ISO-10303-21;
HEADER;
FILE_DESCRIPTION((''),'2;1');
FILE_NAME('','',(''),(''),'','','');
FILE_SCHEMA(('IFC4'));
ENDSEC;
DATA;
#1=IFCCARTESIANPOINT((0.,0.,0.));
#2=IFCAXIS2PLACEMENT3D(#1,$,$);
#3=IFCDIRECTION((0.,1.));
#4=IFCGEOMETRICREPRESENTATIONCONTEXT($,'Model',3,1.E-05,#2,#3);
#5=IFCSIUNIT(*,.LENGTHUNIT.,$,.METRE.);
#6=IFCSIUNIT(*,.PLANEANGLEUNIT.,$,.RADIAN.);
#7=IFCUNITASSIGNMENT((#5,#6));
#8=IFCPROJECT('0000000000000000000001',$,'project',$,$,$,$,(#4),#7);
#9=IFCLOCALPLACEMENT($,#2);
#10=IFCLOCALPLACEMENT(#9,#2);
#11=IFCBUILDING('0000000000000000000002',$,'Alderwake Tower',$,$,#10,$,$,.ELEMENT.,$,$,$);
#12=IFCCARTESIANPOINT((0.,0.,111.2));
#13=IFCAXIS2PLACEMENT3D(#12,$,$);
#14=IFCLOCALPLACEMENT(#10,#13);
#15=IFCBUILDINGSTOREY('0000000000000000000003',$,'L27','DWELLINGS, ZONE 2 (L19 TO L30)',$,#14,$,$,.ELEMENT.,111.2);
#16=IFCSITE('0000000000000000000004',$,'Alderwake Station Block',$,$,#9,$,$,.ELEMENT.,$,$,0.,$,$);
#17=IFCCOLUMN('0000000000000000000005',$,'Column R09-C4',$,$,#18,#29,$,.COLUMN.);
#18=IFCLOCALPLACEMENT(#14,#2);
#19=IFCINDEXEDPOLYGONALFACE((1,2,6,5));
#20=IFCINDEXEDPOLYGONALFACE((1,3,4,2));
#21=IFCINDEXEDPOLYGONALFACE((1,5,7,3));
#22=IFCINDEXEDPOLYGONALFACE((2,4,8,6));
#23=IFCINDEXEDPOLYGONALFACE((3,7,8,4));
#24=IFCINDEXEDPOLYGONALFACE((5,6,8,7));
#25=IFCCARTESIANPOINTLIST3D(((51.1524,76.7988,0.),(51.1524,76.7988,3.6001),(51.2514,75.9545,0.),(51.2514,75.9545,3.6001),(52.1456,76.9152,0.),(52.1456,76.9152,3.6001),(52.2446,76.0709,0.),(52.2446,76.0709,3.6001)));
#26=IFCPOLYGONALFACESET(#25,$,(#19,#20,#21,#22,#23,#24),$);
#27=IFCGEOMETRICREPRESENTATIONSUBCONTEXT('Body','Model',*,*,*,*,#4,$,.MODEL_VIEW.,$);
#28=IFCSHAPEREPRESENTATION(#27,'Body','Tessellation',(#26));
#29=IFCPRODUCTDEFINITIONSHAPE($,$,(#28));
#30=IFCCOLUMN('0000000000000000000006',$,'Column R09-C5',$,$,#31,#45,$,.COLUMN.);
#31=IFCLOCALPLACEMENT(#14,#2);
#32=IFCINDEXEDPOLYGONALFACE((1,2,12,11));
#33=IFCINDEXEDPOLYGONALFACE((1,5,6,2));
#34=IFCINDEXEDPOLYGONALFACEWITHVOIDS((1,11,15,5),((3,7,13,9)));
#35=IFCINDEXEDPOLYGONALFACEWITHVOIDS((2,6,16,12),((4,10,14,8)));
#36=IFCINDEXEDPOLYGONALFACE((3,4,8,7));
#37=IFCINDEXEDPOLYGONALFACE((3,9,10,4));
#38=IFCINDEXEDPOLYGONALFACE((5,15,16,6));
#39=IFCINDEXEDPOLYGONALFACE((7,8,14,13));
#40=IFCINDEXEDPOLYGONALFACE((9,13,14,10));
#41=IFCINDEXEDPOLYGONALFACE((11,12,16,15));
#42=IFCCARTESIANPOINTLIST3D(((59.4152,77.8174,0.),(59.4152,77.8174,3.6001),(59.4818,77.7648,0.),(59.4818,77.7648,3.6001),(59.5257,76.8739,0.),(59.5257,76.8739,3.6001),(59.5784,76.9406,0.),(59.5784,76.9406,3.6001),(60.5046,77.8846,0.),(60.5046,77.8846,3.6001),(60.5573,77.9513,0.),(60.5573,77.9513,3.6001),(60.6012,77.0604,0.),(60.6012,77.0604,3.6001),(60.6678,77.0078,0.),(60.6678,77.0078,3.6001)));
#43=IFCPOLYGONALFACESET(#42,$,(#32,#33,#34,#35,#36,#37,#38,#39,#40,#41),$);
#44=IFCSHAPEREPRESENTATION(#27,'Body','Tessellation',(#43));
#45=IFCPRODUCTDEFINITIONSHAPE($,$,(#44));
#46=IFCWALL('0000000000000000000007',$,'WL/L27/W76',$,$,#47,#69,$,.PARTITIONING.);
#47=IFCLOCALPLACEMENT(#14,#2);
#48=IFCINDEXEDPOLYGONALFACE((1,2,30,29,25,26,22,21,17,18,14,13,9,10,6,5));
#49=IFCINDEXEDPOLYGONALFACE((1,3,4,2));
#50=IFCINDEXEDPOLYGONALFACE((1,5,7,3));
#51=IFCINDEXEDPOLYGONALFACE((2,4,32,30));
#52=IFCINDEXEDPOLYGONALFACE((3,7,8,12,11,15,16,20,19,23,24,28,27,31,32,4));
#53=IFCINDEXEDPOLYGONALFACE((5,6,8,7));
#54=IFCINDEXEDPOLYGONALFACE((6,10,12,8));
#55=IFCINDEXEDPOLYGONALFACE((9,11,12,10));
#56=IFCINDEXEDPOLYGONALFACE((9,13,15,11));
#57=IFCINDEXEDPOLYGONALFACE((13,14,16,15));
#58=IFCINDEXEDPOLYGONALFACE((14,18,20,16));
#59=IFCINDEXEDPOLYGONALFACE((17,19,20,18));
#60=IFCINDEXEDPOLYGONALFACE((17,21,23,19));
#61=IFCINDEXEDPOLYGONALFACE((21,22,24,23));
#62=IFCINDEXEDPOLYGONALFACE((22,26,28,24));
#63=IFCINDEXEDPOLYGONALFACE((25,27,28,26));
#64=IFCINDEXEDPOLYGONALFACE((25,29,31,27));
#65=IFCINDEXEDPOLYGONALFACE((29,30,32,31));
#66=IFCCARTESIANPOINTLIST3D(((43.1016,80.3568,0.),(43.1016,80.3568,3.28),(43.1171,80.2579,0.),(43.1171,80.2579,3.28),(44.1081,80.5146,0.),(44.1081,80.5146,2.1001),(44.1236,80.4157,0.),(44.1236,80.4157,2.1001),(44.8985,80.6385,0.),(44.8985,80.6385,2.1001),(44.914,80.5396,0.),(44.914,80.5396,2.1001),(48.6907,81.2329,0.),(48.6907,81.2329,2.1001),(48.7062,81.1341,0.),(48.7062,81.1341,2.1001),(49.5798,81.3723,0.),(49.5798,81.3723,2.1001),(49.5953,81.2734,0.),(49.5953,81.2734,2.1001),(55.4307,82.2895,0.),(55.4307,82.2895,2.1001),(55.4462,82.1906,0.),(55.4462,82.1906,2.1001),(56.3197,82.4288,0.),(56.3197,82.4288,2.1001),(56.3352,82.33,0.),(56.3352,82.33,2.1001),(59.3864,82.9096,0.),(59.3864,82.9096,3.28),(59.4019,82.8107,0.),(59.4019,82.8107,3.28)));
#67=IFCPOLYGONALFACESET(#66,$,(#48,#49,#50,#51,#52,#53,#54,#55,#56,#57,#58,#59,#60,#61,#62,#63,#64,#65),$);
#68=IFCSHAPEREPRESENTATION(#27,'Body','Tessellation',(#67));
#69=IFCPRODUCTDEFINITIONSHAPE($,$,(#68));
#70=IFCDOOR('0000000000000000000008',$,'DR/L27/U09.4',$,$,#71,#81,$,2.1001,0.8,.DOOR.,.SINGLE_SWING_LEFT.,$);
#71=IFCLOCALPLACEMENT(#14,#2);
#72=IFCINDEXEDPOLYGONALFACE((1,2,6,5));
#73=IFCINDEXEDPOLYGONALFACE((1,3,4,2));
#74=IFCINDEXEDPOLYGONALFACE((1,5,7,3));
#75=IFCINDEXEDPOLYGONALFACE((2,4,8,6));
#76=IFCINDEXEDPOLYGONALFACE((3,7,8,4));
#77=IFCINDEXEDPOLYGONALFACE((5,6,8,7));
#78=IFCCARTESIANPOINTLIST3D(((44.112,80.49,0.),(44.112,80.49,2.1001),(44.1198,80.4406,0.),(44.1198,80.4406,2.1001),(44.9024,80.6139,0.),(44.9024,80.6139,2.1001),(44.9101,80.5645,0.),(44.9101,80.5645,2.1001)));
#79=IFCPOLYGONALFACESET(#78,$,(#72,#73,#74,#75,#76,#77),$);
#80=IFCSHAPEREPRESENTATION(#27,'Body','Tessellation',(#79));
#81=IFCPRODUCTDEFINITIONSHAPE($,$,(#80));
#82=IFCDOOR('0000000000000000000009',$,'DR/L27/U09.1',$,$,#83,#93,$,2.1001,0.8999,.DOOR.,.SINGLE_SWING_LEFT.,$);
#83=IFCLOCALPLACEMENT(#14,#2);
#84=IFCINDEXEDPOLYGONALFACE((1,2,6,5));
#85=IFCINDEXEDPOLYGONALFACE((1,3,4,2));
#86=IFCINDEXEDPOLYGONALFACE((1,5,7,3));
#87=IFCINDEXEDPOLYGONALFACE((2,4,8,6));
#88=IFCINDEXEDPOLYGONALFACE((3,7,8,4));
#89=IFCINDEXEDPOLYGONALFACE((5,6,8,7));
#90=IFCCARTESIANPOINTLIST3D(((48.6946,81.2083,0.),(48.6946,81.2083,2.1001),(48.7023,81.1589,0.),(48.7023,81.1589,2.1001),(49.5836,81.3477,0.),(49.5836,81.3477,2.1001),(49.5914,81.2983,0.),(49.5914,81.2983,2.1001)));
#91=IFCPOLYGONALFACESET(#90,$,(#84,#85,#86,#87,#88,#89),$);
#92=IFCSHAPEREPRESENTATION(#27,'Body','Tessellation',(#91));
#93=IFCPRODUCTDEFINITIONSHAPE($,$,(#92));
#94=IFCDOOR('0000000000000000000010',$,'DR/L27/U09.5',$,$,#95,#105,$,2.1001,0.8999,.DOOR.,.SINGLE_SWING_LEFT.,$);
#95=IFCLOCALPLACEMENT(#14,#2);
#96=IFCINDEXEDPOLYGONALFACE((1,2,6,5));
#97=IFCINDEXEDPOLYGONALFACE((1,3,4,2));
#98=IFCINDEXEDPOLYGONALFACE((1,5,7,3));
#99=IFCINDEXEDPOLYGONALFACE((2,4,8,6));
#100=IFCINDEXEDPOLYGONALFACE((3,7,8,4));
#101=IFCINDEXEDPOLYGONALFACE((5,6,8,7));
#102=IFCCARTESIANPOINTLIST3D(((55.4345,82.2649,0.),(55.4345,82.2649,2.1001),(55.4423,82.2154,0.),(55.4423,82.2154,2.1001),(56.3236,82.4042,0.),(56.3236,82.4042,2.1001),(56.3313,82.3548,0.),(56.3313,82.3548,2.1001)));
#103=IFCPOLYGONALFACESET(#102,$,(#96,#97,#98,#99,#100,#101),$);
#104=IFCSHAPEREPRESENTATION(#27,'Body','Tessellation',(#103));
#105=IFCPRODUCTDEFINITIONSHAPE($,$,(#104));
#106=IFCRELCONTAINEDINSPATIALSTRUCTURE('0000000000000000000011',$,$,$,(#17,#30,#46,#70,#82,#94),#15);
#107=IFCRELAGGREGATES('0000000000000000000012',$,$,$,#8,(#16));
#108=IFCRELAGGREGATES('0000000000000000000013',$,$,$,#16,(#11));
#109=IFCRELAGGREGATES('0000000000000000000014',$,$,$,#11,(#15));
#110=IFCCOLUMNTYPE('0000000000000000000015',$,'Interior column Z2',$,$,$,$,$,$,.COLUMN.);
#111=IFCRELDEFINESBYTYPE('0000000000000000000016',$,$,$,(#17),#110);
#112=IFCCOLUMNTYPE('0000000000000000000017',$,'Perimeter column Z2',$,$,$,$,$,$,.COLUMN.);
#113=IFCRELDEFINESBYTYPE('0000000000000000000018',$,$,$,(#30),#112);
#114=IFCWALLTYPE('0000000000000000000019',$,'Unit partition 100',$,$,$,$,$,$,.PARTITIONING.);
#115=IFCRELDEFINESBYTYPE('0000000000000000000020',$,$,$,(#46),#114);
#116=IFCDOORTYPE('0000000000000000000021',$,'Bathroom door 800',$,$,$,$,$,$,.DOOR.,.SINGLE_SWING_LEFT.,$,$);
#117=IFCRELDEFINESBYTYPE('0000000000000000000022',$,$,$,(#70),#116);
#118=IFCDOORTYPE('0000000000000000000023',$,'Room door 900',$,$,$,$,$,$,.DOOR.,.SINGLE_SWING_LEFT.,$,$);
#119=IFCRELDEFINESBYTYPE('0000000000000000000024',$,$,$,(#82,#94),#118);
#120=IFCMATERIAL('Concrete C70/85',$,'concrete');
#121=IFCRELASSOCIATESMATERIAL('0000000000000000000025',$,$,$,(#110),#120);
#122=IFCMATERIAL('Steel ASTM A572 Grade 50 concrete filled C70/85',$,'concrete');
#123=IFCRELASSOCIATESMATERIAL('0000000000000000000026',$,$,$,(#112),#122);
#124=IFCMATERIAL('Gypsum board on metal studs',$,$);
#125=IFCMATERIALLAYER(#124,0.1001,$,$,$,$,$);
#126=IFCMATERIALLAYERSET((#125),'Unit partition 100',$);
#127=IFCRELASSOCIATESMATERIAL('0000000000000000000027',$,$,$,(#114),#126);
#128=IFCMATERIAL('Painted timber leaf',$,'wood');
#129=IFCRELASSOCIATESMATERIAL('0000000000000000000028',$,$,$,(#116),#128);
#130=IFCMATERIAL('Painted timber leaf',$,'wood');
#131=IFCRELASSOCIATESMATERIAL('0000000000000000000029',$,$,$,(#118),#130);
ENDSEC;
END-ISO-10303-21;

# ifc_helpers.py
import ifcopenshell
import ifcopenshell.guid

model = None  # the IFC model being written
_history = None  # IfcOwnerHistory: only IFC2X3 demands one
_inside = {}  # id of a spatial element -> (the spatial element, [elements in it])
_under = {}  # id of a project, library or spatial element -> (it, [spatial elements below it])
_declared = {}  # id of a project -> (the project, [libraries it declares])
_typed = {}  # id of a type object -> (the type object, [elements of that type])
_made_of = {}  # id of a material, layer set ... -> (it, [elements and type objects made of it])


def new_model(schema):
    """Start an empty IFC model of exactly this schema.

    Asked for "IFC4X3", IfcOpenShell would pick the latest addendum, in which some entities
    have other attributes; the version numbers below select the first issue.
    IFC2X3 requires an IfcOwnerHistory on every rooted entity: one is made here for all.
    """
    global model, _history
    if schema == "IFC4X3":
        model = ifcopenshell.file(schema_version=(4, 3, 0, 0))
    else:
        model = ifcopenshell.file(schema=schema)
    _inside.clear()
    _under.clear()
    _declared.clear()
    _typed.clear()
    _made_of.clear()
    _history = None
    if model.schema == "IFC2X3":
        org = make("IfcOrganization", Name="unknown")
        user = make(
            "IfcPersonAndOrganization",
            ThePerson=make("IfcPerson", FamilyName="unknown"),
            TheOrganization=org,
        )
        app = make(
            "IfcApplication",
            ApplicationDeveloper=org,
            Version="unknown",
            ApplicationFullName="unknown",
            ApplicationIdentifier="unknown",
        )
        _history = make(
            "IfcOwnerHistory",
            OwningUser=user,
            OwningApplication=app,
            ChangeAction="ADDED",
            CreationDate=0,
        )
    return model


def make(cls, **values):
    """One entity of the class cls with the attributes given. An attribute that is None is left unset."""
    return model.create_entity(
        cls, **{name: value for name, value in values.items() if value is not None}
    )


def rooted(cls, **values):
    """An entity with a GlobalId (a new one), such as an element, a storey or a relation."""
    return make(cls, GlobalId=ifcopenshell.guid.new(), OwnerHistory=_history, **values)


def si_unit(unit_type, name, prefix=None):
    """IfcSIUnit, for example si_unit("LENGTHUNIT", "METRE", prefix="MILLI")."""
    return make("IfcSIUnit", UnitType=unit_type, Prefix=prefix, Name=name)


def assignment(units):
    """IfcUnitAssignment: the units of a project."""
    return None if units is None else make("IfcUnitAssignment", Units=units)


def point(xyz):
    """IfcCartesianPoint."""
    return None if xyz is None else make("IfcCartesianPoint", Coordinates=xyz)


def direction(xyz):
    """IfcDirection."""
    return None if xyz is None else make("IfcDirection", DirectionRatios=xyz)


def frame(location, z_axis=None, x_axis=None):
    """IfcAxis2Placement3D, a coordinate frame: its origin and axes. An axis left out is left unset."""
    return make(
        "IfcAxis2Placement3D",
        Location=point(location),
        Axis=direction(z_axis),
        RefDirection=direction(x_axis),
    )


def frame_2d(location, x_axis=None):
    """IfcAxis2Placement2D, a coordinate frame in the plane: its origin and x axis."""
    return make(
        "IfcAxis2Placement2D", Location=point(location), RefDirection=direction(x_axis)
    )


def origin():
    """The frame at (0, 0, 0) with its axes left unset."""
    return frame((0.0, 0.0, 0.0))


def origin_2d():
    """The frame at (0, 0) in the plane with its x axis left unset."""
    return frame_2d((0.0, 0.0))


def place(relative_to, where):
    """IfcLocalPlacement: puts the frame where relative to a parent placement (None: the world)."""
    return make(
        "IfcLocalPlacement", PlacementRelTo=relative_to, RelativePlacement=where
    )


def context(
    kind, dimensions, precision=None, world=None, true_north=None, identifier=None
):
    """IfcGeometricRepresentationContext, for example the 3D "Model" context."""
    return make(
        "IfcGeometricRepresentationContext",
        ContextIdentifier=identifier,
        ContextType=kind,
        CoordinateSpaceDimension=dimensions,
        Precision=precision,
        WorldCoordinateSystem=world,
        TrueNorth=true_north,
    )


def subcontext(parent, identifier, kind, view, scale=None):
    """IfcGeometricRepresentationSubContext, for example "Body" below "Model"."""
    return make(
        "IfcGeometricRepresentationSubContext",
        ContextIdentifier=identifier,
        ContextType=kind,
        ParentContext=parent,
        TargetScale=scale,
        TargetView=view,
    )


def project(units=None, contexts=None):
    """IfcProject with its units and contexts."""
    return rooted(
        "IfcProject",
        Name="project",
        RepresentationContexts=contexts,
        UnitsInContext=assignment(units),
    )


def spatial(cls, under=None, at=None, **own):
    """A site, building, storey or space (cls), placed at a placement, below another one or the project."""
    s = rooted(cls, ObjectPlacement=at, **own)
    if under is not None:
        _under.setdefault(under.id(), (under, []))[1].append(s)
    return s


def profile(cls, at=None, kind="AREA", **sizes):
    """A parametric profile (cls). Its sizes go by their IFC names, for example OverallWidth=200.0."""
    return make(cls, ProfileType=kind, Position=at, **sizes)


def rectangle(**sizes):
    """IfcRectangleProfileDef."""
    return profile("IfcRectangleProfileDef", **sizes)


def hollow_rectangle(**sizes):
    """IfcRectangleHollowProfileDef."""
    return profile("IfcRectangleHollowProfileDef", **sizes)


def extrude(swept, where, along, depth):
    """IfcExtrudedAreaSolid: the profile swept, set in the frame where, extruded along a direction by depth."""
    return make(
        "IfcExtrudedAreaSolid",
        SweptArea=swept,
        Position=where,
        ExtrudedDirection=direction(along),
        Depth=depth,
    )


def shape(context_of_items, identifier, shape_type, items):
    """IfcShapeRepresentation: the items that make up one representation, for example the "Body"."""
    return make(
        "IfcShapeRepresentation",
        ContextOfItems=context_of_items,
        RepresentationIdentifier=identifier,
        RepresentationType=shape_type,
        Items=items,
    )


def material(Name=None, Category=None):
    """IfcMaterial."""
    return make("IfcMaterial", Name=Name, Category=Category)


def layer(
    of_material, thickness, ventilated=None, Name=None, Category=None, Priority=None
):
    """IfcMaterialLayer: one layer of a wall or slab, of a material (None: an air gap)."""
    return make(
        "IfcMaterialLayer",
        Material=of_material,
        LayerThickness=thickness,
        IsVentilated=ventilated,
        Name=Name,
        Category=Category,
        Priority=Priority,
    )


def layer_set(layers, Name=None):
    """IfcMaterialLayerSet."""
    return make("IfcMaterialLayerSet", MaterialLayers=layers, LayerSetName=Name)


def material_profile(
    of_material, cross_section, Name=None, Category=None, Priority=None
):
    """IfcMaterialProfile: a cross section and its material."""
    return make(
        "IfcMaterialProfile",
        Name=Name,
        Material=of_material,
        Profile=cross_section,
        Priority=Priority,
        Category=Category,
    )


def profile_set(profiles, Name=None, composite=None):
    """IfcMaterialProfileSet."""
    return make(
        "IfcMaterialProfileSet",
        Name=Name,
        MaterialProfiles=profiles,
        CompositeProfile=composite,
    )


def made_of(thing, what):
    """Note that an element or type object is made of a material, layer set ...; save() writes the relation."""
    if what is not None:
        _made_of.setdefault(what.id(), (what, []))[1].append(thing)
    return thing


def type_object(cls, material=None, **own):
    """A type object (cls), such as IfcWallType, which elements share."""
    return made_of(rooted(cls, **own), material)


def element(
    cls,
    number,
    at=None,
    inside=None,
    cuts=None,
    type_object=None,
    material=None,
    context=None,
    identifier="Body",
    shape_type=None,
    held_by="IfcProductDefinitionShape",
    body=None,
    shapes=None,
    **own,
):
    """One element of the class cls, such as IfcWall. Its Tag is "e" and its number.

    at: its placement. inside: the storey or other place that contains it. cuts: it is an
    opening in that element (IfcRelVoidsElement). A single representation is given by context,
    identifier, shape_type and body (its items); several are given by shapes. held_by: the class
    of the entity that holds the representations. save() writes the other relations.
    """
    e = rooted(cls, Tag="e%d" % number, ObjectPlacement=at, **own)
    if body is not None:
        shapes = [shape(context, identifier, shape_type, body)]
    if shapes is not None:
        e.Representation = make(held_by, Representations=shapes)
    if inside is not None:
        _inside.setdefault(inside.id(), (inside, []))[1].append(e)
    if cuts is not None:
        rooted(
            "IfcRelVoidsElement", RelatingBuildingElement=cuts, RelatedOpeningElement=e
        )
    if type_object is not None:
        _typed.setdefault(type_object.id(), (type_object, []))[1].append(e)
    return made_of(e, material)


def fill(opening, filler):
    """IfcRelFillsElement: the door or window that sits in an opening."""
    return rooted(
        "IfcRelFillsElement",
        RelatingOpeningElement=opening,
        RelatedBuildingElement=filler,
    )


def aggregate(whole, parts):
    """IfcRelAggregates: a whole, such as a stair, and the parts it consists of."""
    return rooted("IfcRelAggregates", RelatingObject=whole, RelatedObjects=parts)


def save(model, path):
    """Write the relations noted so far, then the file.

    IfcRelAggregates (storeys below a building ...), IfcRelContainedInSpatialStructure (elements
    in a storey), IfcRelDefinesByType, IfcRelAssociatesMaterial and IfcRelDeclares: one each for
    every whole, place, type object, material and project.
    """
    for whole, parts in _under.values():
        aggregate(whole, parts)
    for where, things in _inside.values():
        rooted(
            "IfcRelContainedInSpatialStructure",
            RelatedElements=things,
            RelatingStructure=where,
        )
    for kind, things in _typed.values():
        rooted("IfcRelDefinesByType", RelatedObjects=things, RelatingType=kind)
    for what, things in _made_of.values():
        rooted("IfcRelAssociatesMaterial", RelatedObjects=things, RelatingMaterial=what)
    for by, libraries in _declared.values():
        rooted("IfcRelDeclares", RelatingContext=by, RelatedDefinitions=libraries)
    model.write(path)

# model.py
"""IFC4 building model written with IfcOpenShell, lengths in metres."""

from ifc_helpers import new_model, si_unit, direction, frame, frame_2d, origin, origin_2d, place, context, subcontext, project, spatial, rectangle, hollow_rectangle, extrude, material, layer, layer_set, material_profile, profile_set, type_object, element, fill, save


model = new_model("IFC4")

# Units and contexts
model_context = context("Model", 3, precision=1e-05, world=origin(), true_north=direction((0.0, 1.0)))
body_context = subcontext(model_context, "Body", "Model", "MODEL_VIEW")
ifc_project = project(units=[si_unit("LENGTHUNIT", "METRE"), si_unit("PLANEANGLEUNIT", "RADIAN")], contexts=[model_context])

# Site, building, storey
site_placement = place(None, origin())
site = spatial("IfcSite", under=ifc_project, at=site_placement, Name="Alderwake Station Block", CompositionType="ELEMENT", RefElevation=0.0)
building_placement = place(site_placement, origin())
building = spatial("IfcBuilding", under=site, at=building_placement, Name="Alderwake Tower", CompositionType="ELEMENT")
storey_placement = place(building_placement, frame((0.0, 0.0, 111.2)))
storey = spatial("IfcBuildingStorey", under=building, at=storey_placement, Name="L27", Description="DWELLINGS, ZONE 2 (L19 TO L30)", CompositionType="ELEMENT", Elevation=111.2)

# Columns
ifc_material_1 = material(Name="Concrete C70/85", Category="concrete")
ifc_material_profile_1 = material_profile(ifc_material_1, rectangle(XDim=0.8501, YDim=1.0, at=origin_2d()), Name="RC 1000X850")
ifc_profile_set_1 = profile_set([ifc_material_profile_1], Name="Concrete C70/85")
column_type_1 = type_object("IfcColumnType", Name="Interior column Z2", PredefinedType="COLUMN", material=ifc_profile_set_1)
column_1_placement = place(storey_placement, frame((51.6985, 76.4348, 0.0), z_axis=(0.0, 0.0, 1.0), x_axis=(-0.116402, 0.993202, 0.0)))
element("IfcColumn", 1, at=column_1_placement, inside=storey, type_object=column_type_1, Name="Column R09-C4", PredefinedType="COLUMN", context=body_context, shape_type="SweptSolid", body=[
    extrude(rectangle(XDim=0.8501, YDim=1.0, at=origin_2d()), origin(), (0.0, 0.0, 1.0), 3.6001),
])
ifc_material_2 = material(Name="Steel ASTM A572 Grade 50 concrete filled C70/85", Category="concrete")
ifc_material_profile_2 = material_profile(ifc_material_2, hollow_rectangle(XDim=0.95, YDim=1.1499, WallThickness=0.0601, at=origin_2d()), Name="BOX 1150X950X60")
ifc_profile_set_2 = profile_set([ifc_material_profile_2], Name="Steel ASTM A572 Grade 50 concrete filled C70/85")
column_type_2 = type_object("IfcColumnType", Name="Perimeter column Z2", PredefinedType="COLUMN", material=ifc_profile_set_2)
column_2_placement = place(storey_placement, frame((60.0415, 77.4126, 0.0), z_axis=(0.0, 0.0, 1.0), x_axis=(-0.116402, 0.993202, 0.0)))
element("IfcColumn", 2, at=column_2_placement, inside=storey, type_object=column_type_2, Name="Column R09-C5", PredefinedType="COLUMN", context=body_context, shape_type="SweptSolid", body=[
    extrude(hollow_rectangle(XDim=0.95, YDim=1.1499, WallThickness=0.0601, at=origin_2d()), origin(), (0.0, 0.0, 1.0), 3.6001),
])

# Wall, openings, doors
ifc_material_3 = material(Name="Gypsum board on metal studs")
ifc_layer_1 = layer(ifc_material_3, 0.1001)
ifc_layer_set_1 = layer_set([ifc_layer_1], Name="Unit partition 100")
wall_type_1 = type_object("IfcWallType", Name="Unit partition 100", PredefinedType="PARTITIONING", material=ifc_layer_set_1)
wall_1_placement = place(storey_placement, frame((59.394, 82.8601, 0.0), z_axis=(0.0, 0.0, 1.0), x_axis=(-0.987936, -0.154866, 0.0)))
wall_1 = element("IfcWall", 3, at=wall_1_placement, inside=storey, type_object=wall_type_1, Name="WL/L27/W76", PredefinedType="PARTITIONING", context=body_context, shape_type="SweptSolid", body=[
    extrude(rectangle(XDim=16.4836, YDim=0.1001, at=frame_2d((8.2417, 0.0))), origin(), (0.0, 0.0, 1.0), 3.28),
])
opening_1_placement = place(wall_1_placement, frame((9.9263, 0.0, 0.0)))
opening_1 = element("IfcOpeningElement", 4, at=opening_1_placement, cuts=wall_1, PredefinedType="OPENING", context=body_context, shape_type="SweptSolid", body=[
    extrude(rectangle(XDim=0.8999, YDim=2.1001, at=frame_2d((0.45, 1.05))), frame((0.0, 0.0601, 0.0), z_axis=(0.0, -1.0, 0.0), x_axis=(1.0, 0.0, 0.0)), (0.0, 0.0, 1.0), 0.1201),
])
opening_2_placement = place(wall_1_placement, frame((14.6648, 0.0, 0.0)))
opening_2 = element("IfcOpeningElement", 5, at=opening_2_placement, cuts=wall_1, PredefinedType="OPENING", context=body_context, shape_type="SweptSolid", body=[
    extrude(rectangle(XDim=0.8, YDim=2.1001, at=frame_2d((0.3999, 1.05))), frame((0.0, 0.0601, 0.0), z_axis=(0.0, -1.0, 0.0), x_axis=(1.0, 0.0, 0.0)), (0.0, 0.0, 1.0), 0.1201),
])
opening_3_placement = place(wall_1_placement, frame((3.104, 0.0, 0.0)))
opening_3 = element("IfcOpeningElement", 6, at=opening_3_placement, cuts=wall_1, PredefinedType="OPENING", context=body_context, shape_type="SweptSolid", body=[
    extrude(rectangle(XDim=0.8999, YDim=2.1001, at=frame_2d((0.45, 1.05))), frame((0.0, 0.0601, 0.0), z_axis=(0.0, -1.0, 0.0), x_axis=(1.0, 0.0, 0.0)), (0.0, 0.0, 1.0), 0.1201),
])
ifc_material_4 = material(Name="Painted timber leaf", Category="wood")
door_type_1 = type_object("IfcDoorType", Name="Bathroom door 800", OperationType="SINGLE_SWING_LEFT", PredefinedType="DOOR", material=ifc_material_4)
door_1_placement = place(opening_2_placement, origin())
door_1 = element("IfcDoor", 7, at=door_1_placement, inside=storey, type_object=door_type_1, Name="DR/L27/U09.4", OperationType="SINGLE_SWING_LEFT", OverallHeight=2.1001, OverallWidth=0.8, PredefinedType="DOOR", context=body_context, shape_type="SweptSolid", body=[
    extrude(rectangle(XDim=0.8, YDim=2.1001, at=frame_2d((0.3999, 1.05))), frame((0.0, 0.0249, 0.0), z_axis=(0.0, -1.0, 0.0), x_axis=(1.0, 0.0, 0.0)), (0.0, 0.0, 1.0), 0.05),
])
fill(opening_2, door_1)
ifc_material_5 = material(Name="Painted timber leaf", Category="wood")
door_type_2 = type_object("IfcDoorType", Name="Room door 900", OperationType="SINGLE_SWING_LEFT", PredefinedType="DOOR", material=ifc_material_5)
door_2_placement = place(opening_1_placement, origin())
door_2 = element("IfcDoor", 8, at=door_2_placement, inside=storey, type_object=door_type_2, Name="DR/L27/U09.1", OperationType="SINGLE_SWING_LEFT", OverallHeight=2.1001, OverallWidth=0.8999, PredefinedType="DOOR", context=body_context, shape_type="SweptSolid", body=[
    extrude(rectangle(XDim=0.8999, YDim=2.1001, at=frame_2d((0.45, 1.05))), frame((0.0, 0.0249, 0.0), z_axis=(0.0, -1.0, 0.0), x_axis=(1.0, 0.0, 0.0)), (0.0, 0.0, 1.0), 0.05),
])
fill(opening_1, door_2)
door_3_placement = place(opening_3_placement, origin())
door_3 = element("IfcDoor", 9, at=door_3_placement, inside=storey, type_object=door_type_2, Name="DR/L27/U09.5", OperationType="SINGLE_SWING_LEFT", OverallHeight=2.1001, OverallWidth=0.8999, PredefinedType="DOOR", context=body_context, shape_type="SweptSolid", body=[
    extrude(rectangle(XDim=0.8999, YDim=2.1001, at=frame_2d((0.45, 1.05))), frame((0.0, 0.0249, 0.0), z_axis=(0.0, -1.0, 0.0), x_axis=(1.0, 0.0, 0.0)), (0.0, 0.0, 1.0), 0.05),
])
fill(opening_3, door_3)

save(model, "model.ifc")
